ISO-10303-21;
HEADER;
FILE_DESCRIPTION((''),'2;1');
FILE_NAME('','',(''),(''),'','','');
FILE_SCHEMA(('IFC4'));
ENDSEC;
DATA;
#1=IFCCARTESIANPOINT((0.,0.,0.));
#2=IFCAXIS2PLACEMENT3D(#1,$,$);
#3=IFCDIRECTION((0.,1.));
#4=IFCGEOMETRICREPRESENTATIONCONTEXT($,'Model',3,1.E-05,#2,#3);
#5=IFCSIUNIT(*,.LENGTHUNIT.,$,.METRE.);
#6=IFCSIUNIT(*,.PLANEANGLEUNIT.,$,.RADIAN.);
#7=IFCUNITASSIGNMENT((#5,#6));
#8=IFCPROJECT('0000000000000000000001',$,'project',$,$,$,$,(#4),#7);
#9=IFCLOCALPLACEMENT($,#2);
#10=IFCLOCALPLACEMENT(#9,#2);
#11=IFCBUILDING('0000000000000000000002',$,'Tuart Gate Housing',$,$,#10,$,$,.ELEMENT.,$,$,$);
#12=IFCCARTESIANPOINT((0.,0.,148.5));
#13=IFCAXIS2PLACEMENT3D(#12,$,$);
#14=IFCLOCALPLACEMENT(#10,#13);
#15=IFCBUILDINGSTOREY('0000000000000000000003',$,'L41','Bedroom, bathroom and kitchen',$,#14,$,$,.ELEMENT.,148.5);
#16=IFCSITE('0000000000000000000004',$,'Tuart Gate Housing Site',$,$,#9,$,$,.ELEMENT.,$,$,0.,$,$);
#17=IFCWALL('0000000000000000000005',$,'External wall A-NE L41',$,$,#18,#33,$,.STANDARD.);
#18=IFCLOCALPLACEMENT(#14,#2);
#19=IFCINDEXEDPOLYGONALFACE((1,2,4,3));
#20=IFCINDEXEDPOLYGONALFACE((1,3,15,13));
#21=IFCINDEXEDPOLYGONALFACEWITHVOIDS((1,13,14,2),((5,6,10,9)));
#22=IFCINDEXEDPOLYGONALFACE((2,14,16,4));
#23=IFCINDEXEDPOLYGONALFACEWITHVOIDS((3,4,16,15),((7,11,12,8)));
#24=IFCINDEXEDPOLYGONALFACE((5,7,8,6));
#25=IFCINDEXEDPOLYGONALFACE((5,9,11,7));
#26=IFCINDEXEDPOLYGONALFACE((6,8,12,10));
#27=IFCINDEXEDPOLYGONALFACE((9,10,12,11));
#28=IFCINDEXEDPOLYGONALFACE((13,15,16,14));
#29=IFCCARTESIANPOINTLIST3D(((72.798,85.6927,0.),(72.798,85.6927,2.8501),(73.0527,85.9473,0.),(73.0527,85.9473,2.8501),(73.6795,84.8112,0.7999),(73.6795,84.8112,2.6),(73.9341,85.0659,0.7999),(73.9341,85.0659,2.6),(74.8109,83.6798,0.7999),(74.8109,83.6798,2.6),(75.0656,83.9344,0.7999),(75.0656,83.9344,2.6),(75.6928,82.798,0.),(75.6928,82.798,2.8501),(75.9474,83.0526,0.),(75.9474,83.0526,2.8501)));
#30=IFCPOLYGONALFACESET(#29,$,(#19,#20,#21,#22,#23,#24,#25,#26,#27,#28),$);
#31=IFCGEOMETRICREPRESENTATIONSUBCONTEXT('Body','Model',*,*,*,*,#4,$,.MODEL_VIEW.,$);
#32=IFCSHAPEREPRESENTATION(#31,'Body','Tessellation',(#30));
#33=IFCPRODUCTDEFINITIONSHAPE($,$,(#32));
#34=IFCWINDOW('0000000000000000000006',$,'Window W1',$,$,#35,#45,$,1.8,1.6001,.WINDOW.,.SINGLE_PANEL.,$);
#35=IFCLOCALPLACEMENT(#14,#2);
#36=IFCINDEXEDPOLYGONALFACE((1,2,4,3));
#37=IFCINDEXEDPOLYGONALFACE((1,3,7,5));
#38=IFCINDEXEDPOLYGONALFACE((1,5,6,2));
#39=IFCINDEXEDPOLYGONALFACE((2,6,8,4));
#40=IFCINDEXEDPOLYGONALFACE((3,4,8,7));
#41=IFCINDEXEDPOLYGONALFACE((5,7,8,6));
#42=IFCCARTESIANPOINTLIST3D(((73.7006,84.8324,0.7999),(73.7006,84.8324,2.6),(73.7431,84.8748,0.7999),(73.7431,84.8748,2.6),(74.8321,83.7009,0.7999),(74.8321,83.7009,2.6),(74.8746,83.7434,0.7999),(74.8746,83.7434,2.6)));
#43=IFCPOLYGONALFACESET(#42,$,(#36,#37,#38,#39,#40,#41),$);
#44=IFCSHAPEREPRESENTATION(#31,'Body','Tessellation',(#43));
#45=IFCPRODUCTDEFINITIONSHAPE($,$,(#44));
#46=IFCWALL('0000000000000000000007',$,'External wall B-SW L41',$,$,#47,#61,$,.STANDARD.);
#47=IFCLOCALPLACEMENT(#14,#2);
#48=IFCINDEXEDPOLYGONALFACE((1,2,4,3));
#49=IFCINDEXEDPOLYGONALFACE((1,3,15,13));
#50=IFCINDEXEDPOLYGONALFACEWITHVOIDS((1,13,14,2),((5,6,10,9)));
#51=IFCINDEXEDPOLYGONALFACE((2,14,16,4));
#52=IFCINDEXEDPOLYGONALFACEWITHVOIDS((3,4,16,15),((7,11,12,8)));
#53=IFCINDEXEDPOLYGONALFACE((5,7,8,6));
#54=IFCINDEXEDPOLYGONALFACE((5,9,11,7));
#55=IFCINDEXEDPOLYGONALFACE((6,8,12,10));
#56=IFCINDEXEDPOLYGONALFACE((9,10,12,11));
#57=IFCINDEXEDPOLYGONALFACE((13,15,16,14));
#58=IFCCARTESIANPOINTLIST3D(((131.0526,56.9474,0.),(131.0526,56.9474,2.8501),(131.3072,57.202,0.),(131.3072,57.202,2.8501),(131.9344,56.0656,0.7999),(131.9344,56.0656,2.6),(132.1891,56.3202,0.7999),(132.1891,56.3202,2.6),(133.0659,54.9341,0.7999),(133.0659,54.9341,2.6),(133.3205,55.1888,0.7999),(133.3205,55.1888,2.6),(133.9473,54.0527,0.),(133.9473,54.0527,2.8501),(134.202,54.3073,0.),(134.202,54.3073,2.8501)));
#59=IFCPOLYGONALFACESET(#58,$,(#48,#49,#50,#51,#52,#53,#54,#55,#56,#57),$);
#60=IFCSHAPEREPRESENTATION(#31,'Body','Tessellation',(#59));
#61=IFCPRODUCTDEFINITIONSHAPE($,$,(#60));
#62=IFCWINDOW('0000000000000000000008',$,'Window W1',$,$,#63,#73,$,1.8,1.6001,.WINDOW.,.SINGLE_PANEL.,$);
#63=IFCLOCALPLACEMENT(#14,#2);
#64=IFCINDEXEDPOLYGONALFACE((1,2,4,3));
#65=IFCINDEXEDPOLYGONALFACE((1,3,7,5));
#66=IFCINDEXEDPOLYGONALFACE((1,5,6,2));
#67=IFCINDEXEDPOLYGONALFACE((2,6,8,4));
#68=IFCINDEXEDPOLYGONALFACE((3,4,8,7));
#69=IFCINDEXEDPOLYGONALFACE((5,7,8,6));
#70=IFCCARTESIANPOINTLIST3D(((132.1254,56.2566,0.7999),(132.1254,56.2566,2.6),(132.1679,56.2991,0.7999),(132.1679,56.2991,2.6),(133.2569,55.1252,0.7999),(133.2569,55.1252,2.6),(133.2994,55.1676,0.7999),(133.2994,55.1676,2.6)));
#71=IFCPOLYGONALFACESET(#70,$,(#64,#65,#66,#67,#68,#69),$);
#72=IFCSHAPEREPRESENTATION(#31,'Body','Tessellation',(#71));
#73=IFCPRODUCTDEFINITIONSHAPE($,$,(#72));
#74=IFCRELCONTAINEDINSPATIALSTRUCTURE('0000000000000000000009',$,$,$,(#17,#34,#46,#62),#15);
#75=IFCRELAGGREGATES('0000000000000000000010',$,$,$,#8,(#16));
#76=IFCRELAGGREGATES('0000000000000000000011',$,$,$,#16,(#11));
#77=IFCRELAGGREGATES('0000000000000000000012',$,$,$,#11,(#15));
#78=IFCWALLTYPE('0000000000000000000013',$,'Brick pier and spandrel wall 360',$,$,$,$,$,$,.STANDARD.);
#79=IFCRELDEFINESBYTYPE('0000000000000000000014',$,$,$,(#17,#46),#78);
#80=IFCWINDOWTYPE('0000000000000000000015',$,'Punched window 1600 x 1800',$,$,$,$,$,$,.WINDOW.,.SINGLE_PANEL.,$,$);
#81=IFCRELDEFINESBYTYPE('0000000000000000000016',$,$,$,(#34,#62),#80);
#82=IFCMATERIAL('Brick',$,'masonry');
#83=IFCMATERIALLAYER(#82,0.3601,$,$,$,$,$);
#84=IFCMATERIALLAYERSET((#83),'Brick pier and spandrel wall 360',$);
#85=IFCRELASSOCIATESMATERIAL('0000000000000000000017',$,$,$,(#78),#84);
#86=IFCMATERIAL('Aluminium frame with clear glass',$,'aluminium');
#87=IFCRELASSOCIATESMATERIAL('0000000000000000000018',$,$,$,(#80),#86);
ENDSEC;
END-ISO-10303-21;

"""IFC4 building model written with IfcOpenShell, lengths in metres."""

from ifc_helpers import new_model, si_unit, direction, frame, frame_2d, origin, place, context, subcontext, project, spatial, rectangle, extrude, material, layer, layer_set, type_object, element, fill, save


model = new_model("IFC4")

# Units and contexts
model_context = context("Model", 3, precision=1e-05, world=origin(), true_north=direction((0.0, 1.0)))
body_context = subcontext(model_context, "Body", "Model", "MODEL_VIEW")
ifc_project = project(units=[si_unit("LENGTHUNIT", "METRE"), si_unit("PLANEANGLEUNIT", "RADIAN")], contexts=[model_context])

# Site, building, storey
site_placement = place(None, origin())
site = spatial("IfcSite", under=ifc_project, at=site_placement, Name="Tuart Gate Housing Site", CompositionType="ELEMENT", RefElevation=0.0)
building_placement = place(site_placement, origin())
building = spatial("IfcBuilding", under=site, at=building_placement, Name="Tuart Gate Housing", CompositionType="ELEMENT")
storey_placement = place(building_placement, frame((0.0, 0.0, 148.5)))
storey = spatial("IfcBuildingStorey", under=building, at=storey_placement, Name="L41", Description="Bedroom, bathroom and kitchen", CompositionType="ELEMENT", Elevation=148.5)

# Shared definitions
ifc_material_1 = material(Name="Brick", Category="masonry")
ifc_layer_1 = layer(ifc_material_1, 0.3601)
ifc_layer_set_1 = layer_set([ifc_layer_1], Name="Brick pier and spandrel wall 360")
wall_type_1 = type_object("IfcWallType", Name="Brick pier and spandrel wall 360", PredefinedType="STANDARD", material=ifc_layer_set_1)
ifc_material_2 = material(Name="Aluminium frame with clear glass", Category="aluminium")
window_type_1 = type_object("IfcWindowType", Name="Punched window 1600 x 1800", PartitioningType="SINGLE_PANEL", PredefinedType="WINDOW", material=ifc_material_2)

# Walls, openings, windows
wall_1_placement = place(storey_placement, frame((75.8201, 82.9253, 0.0), z_axis=(0.0, 0.0, 1.0), x_axis=(-0.707107, 0.707107, 0.0)))
wall_1 = element("IfcWall", 1, at=wall_1_placement, inside=storey, type_object=wall_type_1, Name="External wall A-NE L41", PredefinedType="STANDARD", context=body_context, shape_type="SweptSolid", body=[
    extrude(rectangle(XDim=4.0938, YDim=0.3601, at=frame_2d((2.0469, 0.0))), origin(), (0.0, 0.0, 1.0), 2.8501),
])
opening_1_placement = place(wall_1_placement, frame((1.2471, 0.0, 0.8)))
opening_1 = element("IfcOpeningElement", 2, at=opening_1_placement, cuts=wall_1, PredefinedType="OPENING", context=body_context, shape_type="SweptSolid", body=[
    extrude(rectangle(XDim=1.6001, YDim=1.8, at=frame_2d((0.8, 0.8999))), frame((0.0, 0.1899, 0.0), z_axis=(0.0, -1.0, 0.0), x_axis=(1.0, 0.0, 0.0)), (0.0, 0.0, 1.0), 0.3801),
])
window_1_placement = place(opening_1_placement, origin())
window_1 = element("IfcWindow", 3, at=window_1_placement, inside=storey, type_object=window_type_1, Name="Window W1", OverallHeight=1.8, OverallWidth=1.6001, PartitioningType="SINGLE_PANEL", PredefinedType="WINDOW", context=body_context, shape_type="SweptSolid", body=[
    extrude(rectangle(XDim=1.6001, YDim=1.8, at=frame_2d((0.8, 0.8999))), frame((0.0, 0.1501, 0.0), z_axis=(0.0, -1.0, 0.0), x_axis=(1.0, 0.0, 0.0)), (0.0, 0.0, 1.0), 0.0601),
])
fill(opening_1, window_1)
wall_2_placement = place(storey_placement, frame((131.1799, 57.0747, 0.0), z_axis=(0.0, 0.0, 1.0), x_axis=(0.707107, -0.707107, 0.0)))
wall_2 = element("IfcWall", 4, at=wall_2_placement, inside=storey, type_object=wall_type_1, Name="External wall B-SW L41", PredefinedType="STANDARD", context=body_context, shape_type="SweptSolid", body=[
    extrude(rectangle(XDim=4.0938, YDim=0.3601, at=frame_2d((2.0469, 0.0))), origin(), (0.0, 0.0, 1.0), 2.8501),
])
opening_2_placement = place(wall_2_placement, frame((1.2471, 0.0, 0.8)))
opening_2 = element("IfcOpeningElement", 5, at=opening_2_placement, cuts=wall_2, PredefinedType="OPENING", context=body_context, shape_type="SweptSolid", body=[
    extrude(rectangle(XDim=1.6001, YDim=1.8, at=frame_2d((0.8, 0.8999))), frame((0.0, 0.1899, 0.0), z_axis=(0.0, -1.0, 0.0), x_axis=(1.0, 0.0, 0.0)), (0.0, 0.0, 1.0), 0.3801),
])
window_2_placement = place(opening_2_placement, origin())
window_2 = element("IfcWindow", 6, at=window_2_placement, inside=storey, type_object=window_type_1, Name="Window W1", OverallHeight=1.8, OverallWidth=1.6001, PartitioningType="SINGLE_PANEL", PredefinedType="WINDOW", context=body_context, shape_type="SweptSolid", body=[
    extrude(rectangle(XDim=1.6001, YDim=1.8, at=frame_2d((0.8, 0.8999))), frame((0.0, 0.1501, 0.0), z_axis=(0.0, -1.0, 0.0), x_axis=(1.0, 0.0, 0.0)), (0.0, 0.0, 1.0), 0.0601),
])
fill(opening_2, window_2)

save(model, "model.ifc")
